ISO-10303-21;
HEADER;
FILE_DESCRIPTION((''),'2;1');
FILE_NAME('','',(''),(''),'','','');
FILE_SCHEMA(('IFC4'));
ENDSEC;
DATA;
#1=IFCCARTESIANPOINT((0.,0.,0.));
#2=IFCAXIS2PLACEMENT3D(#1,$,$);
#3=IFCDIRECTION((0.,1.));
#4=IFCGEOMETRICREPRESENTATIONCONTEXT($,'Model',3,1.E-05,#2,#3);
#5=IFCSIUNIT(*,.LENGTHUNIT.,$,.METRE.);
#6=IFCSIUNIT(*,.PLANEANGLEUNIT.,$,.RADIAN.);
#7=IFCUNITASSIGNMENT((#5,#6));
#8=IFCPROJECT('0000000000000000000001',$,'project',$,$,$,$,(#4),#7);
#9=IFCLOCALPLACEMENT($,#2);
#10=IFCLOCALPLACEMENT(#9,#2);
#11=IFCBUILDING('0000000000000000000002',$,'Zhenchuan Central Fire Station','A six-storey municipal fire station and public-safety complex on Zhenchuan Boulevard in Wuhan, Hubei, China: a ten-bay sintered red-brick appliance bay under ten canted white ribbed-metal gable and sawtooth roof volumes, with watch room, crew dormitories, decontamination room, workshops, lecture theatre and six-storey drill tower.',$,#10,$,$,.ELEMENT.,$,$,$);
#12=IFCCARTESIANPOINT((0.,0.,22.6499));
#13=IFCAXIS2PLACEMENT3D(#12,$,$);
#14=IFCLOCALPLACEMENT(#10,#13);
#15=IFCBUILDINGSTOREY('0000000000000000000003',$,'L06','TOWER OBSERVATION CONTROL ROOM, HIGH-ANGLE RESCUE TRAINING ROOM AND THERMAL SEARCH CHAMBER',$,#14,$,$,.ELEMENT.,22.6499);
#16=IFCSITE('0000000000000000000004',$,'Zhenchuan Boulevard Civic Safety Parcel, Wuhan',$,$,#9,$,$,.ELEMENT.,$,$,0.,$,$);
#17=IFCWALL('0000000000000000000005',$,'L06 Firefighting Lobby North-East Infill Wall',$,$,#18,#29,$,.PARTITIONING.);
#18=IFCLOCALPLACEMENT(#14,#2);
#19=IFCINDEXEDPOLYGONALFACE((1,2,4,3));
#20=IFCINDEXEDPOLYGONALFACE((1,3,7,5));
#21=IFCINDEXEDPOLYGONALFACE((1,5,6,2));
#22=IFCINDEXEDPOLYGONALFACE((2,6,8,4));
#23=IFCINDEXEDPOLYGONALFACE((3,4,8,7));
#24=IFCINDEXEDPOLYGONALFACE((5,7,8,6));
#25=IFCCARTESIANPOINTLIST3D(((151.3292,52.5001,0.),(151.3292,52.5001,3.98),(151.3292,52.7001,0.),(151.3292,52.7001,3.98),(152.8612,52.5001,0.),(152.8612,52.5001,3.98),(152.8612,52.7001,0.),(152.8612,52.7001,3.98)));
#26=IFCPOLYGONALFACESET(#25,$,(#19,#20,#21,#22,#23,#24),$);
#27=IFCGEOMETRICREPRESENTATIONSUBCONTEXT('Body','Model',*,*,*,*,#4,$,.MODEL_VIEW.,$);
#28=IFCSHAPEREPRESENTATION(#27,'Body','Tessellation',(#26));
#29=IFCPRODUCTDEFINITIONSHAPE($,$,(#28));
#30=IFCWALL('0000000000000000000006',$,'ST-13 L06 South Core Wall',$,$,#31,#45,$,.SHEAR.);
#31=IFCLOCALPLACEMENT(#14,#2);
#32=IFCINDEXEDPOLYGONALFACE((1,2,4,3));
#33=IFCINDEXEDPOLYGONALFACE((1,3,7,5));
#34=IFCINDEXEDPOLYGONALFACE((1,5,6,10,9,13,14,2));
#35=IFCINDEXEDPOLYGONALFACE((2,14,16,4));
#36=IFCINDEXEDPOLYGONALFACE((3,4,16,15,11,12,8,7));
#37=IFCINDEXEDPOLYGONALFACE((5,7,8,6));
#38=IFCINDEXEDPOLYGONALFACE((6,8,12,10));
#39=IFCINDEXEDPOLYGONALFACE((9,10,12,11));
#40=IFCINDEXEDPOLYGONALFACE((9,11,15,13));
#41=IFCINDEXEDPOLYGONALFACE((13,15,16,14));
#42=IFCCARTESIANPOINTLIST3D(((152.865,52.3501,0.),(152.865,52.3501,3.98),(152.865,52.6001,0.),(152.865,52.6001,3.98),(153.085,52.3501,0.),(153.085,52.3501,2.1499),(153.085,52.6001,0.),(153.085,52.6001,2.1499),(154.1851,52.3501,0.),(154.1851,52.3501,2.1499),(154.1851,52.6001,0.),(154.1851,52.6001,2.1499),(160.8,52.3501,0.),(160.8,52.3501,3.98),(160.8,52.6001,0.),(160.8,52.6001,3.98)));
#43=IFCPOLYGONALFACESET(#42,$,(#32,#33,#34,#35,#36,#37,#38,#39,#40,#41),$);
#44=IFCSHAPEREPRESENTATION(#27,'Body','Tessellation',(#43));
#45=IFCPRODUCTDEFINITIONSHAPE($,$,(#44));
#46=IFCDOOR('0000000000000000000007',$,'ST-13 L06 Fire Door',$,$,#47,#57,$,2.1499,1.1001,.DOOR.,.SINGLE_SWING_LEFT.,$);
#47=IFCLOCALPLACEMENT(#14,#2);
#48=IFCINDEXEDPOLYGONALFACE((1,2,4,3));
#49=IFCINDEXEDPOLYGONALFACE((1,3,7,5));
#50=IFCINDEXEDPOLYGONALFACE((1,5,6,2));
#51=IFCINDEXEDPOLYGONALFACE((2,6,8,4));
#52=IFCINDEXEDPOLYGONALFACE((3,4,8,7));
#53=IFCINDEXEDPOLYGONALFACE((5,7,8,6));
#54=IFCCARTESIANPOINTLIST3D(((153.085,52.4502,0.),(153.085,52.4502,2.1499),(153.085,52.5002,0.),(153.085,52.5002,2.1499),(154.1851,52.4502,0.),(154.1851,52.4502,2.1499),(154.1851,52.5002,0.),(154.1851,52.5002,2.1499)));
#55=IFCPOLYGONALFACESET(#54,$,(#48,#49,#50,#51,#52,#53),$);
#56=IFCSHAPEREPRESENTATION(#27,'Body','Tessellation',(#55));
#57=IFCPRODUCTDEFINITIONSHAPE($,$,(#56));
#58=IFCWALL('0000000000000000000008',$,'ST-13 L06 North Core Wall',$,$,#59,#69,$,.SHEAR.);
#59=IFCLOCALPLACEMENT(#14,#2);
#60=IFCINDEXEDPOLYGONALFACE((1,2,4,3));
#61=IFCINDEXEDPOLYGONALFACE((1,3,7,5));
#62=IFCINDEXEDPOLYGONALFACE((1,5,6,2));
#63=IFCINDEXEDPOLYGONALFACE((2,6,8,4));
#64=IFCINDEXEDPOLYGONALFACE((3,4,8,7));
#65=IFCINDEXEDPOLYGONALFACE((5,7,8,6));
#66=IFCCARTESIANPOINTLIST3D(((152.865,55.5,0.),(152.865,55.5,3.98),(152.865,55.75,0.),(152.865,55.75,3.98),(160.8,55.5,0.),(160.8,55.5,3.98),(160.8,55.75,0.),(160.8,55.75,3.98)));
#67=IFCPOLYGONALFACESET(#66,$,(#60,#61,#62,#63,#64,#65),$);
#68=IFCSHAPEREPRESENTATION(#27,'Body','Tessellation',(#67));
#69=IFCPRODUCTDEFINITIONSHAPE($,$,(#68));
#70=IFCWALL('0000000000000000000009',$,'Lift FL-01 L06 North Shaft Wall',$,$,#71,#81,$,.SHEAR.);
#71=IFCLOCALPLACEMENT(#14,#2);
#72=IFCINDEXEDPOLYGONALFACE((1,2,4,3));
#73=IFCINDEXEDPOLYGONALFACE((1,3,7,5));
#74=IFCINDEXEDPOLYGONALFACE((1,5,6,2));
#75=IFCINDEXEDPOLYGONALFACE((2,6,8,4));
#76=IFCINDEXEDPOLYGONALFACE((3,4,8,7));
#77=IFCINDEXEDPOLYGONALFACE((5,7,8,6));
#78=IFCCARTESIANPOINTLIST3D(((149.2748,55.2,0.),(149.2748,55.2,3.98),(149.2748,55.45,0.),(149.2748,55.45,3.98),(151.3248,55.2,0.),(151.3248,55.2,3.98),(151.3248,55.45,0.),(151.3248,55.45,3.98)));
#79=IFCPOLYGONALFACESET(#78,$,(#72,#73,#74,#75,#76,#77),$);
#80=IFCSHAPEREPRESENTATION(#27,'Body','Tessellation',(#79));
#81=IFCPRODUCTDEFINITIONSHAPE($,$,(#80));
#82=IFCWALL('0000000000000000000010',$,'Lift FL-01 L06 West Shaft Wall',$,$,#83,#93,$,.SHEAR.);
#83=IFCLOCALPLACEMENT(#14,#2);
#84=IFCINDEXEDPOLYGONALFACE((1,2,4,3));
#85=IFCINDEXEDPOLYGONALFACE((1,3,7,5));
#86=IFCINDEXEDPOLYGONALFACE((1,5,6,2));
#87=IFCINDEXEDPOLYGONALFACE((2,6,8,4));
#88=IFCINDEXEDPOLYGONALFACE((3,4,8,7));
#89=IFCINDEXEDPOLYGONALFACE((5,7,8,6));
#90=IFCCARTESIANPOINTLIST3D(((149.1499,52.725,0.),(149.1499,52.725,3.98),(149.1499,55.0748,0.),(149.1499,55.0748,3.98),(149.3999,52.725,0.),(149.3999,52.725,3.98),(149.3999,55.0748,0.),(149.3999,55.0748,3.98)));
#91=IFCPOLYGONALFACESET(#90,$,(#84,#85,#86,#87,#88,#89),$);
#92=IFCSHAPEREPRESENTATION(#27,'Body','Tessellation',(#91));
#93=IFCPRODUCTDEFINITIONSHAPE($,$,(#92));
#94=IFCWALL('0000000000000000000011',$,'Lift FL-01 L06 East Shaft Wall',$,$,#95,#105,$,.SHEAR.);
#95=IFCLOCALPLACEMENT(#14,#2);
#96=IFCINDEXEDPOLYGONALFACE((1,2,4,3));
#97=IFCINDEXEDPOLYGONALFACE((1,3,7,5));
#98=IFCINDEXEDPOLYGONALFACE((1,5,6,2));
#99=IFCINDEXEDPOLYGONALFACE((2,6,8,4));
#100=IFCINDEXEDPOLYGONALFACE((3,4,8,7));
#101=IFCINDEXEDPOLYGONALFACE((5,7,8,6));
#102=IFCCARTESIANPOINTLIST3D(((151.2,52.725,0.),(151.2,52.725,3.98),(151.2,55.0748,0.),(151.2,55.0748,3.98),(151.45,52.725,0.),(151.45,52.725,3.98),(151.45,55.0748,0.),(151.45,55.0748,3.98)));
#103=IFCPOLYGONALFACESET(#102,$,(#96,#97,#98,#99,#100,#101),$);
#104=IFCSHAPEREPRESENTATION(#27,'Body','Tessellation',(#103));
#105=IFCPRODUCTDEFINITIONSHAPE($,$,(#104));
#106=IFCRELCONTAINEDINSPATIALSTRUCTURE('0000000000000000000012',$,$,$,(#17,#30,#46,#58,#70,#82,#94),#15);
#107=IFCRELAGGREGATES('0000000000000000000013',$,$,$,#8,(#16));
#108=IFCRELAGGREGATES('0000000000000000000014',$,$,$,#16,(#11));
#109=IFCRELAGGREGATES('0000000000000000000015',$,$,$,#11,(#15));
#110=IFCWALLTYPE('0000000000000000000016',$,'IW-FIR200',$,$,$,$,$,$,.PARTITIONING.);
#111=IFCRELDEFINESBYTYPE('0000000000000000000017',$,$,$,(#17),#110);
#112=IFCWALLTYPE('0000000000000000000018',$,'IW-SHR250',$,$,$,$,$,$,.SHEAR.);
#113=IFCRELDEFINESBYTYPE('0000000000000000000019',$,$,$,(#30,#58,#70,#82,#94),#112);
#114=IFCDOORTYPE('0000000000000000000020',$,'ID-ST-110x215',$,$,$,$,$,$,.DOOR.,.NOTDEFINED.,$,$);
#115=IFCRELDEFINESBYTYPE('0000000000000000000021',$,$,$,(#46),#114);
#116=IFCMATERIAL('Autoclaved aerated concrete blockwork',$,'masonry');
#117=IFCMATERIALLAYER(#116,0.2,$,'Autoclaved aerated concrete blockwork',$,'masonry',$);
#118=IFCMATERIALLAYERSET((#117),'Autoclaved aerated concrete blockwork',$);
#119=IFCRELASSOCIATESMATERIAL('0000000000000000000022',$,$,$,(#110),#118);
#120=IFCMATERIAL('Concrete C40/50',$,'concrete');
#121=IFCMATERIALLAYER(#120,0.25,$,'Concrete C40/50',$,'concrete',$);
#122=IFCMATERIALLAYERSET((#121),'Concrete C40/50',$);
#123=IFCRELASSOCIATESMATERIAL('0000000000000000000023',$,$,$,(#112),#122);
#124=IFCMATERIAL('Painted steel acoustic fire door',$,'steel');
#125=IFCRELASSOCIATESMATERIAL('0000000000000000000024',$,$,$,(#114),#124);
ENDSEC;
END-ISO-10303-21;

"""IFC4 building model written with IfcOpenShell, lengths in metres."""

from ifc_helpers import new_model, si_unit, direction, frame, frame_2d, origin, place, context, subcontext, project, spatial, rectangle, extrude, material, layer, layer_set, type_object, element, fill, save


model = new_model("IFC4")

# Units and contexts
model_context = context("Model", 3, precision=1e-05, world=origin(), true_north=direction((0.0, 1.0)))
body_context = subcontext(model_context, "Body", "Model", "MODEL_VIEW")
ifc_project = project(units=[si_unit("LENGTHUNIT", "METRE"), si_unit("PLANEANGLEUNIT", "RADIAN")], contexts=[model_context])

# Site, building, storey
site_placement = place(None, origin())
site = spatial("IfcSite", under=ifc_project, at=site_placement, Name="Zhenchuan Boulevard Civic Safety Parcel, Wuhan", CompositionType="ELEMENT", RefElevation=0.0)
building_placement = place(site_placement, origin())
building = spatial("IfcBuilding", under=site, at=building_placement, Name="Zhenchuan Central Fire Station", Description="A six-storey municipal fire station and public-safety complex on Zhenchuan Boulevard in Wuhan, Hubei, China: a ten-bay sintered red-brick appliance bay under ten canted white ribbed-metal gable and sawtooth roof volumes, with watch room, crew dormitories, decontamination room, workshops, lecture theatre and six-storey drill tower.", CompositionType="ELEMENT")
storey_placement = place(building_placement, frame((0.0, 0.0, 22.6499)))
storey = spatial("IfcBuildingStorey", under=building, at=storey_placement, Name="L06", Description="TOWER OBSERVATION CONTROL ROOM, HIGH-ANGLE RESCUE TRAINING ROOM AND THERMAL SEARCH CHAMBER", CompositionType="ELEMENT", Elevation=22.6499)

# Wall
ifc_material_1 = material(Name="Autoclaved aerated concrete blockwork", Category="masonry")
ifc_layer_1 = layer(ifc_material_1, 0.2, Name="Autoclaved aerated concrete blockwork", Category="masonry")
ifc_layer_set_1 = layer_set([ifc_layer_1], Name="Autoclaved aerated concrete blockwork")
wall_type_1 = type_object("IfcWallType", Name="IW-FIR200", PredefinedType="PARTITIONING", material=ifc_layer_set_1)
wall_1_placement = place(storey_placement, frame((151.3291, 52.6001, 0.0), z_axis=(0.0, 0.0, 1.0), x_axis=(1.0, 0.0, 0.0)))
element("IfcWall", 1, at=wall_1_placement, inside=storey, type_object=wall_type_1, Name="L06 Firefighting Lobby North-East Infill Wall", PredefinedType="PARTITIONING", context=body_context, shape_type="SweptSolid", body=[
    extrude(rectangle(XDim=1.532, YDim=0.2, at=frame_2d((0.7661, 0.0))), origin(), (0.0, 0.0, 1.0), 3.98),
])

# Wall, opening, door
ifc_material_2 = material(Name="Concrete C40/50", Category="concrete")
ifc_layer_2 = layer(ifc_material_2, 0.25, Name="Concrete C40/50", Category="concrete")
ifc_layer_set_2 = layer_set([ifc_layer_2], Name="Concrete C40/50")
wall_type_2 = type_object("IfcWallType", Name="IW-SHR250", PredefinedType="SHEAR", material=ifc_layer_set_2)
wall_2_placement = place(storey_placement, frame((152.865, 52.4751, 0.0), z_axis=(0.0, 0.0, 1.0), x_axis=(1.0, 0.0, 0.0)))
wall_2 = element("IfcWall", 2, at=wall_2_placement, inside=storey, type_object=wall_type_2, Name="ST-13 L06 South Core Wall", PredefinedType="SHEAR", context=body_context, shape_type="SweptSolid", body=[
    extrude(rectangle(XDim=7.9351, YDim=0.25, at=frame_2d((3.9675, 0.0))), origin(), (0.0, 0.0, 1.0), 3.98),
])
opening_1_placement = place(wall_2_placement, frame((0.22, 0.0, 0.0)))
opening_1 = element("IfcOpeningElement", 3, at=opening_1_placement, cuts=wall_2, PredefinedType="OPENING", context=body_context, shape_type="SweptSolid", body=[
    extrude(rectangle(XDim=1.1001, YDim=2.1499, at=frame_2d((0.55, 1.075))), frame((0.0, 0.135, 0.0), z_axis=(0.0, -1.0, 0.0), x_axis=(1.0, 0.0, 0.0)), (0.0, 0.0, 1.0), 0.27),
])
ifc_material_3 = material(Name="Painted steel acoustic fire door", Category="steel")
door_type_1 = type_object("IfcDoorType", Name="ID-ST-110x215", OperationType="NOTDEFINED", PredefinedType="DOOR", material=ifc_material_3)
door_1_placement = place(opening_1_placement, frame((1.1001, 0.0, 0.0), z_axis=(0.0, 0.0, 1.0), x_axis=(-1.0, 0.0, 0.0)))
door_1 = element("IfcDoor", 4, at=door_1_placement, inside=storey, type_object=door_type_1, Name="ST-13 L06 Fire Door", OperationType="SINGLE_SWING_LEFT", OverallHeight=2.1499, OverallWidth=1.1001, PredefinedType="DOOR", context=body_context, shape_type="SweptSolid", body=[
    extrude(rectangle(XDim=1.1001, YDim=2.1499, at=frame_2d((0.55, 1.075))), frame((0.0, 0.0249, 0.0), z_axis=(0.0, -1.0, 0.0), x_axis=(1.0, 0.0, 0.0)), (0.0, 0.0, 1.0), 0.05),
])
fill(opening_1, door_1)

# Wall
wall_3_placement = place(storey_placement, frame((152.865, 55.625, 0.0), z_axis=(0.0, 0.0, 1.0), x_axis=(1.0, 0.0, 0.0)))
element("IfcWall", 5, at=wall_3_placement, inside=storey, type_object=wall_type_2, Name="ST-13 L06 North Core Wall", PredefinedType="SHEAR", context=body_context, shape_type="SweptSolid", body=[
    extrude(rectangle(XDim=7.9351, YDim=0.25, at=frame_2d((3.9675, 0.0))), origin(), (0.0, 0.0, 1.0), 3.98),
])

# Walls
wall_4_placement = place(storey_placement, frame((149.2749, 55.325, 0.0), z_axis=(0.0, 0.0, 1.0), x_axis=(1.0, 0.0, 0.0)))
element("IfcWall", 6, at=wall_4_placement, inside=storey, type_object=wall_type_2, Name="Lift FL-01 L06 North Shaft Wall", PredefinedType="SHEAR", context=body_context, shape_type="SweptSolid", body=[
    extrude(rectangle(XDim=2.05, YDim=0.25, at=frame_2d((1.0249, 0.0))), origin(), (0.0, 0.0, 1.0), 3.98),
])
for number, where, z_axis, x_axis, name in (
    (7, (149.2749, 52.7251, 0.0), (0.0, 0.0, 1.0), (0.0, 1.0, 0.0), "Lift FL-01 L06 West Shaft Wall"),
    (8, (151.325, 52.7251, 0.0), (0.0, 0.0, 1.0), (0.0, 1.0, 0.0), "Lift FL-01 L06 East Shaft Wall"),
):
    element("IfcWall", number, at=place(storey_placement, frame(where, z_axis=z_axis, x_axis=x_axis)), inside=storey, type_object=wall_type_2, Name=name, PredefinedType="SHEAR", context=body_context, shape_type="SweptSolid", body=[
        extrude(rectangle(XDim=2.3499, YDim=0.25, at=frame_2d((1.1748, 0.0))), origin(), (0.0, 0.0, 1.0), 3.98),
    ])

save(model, "model.ifc")
